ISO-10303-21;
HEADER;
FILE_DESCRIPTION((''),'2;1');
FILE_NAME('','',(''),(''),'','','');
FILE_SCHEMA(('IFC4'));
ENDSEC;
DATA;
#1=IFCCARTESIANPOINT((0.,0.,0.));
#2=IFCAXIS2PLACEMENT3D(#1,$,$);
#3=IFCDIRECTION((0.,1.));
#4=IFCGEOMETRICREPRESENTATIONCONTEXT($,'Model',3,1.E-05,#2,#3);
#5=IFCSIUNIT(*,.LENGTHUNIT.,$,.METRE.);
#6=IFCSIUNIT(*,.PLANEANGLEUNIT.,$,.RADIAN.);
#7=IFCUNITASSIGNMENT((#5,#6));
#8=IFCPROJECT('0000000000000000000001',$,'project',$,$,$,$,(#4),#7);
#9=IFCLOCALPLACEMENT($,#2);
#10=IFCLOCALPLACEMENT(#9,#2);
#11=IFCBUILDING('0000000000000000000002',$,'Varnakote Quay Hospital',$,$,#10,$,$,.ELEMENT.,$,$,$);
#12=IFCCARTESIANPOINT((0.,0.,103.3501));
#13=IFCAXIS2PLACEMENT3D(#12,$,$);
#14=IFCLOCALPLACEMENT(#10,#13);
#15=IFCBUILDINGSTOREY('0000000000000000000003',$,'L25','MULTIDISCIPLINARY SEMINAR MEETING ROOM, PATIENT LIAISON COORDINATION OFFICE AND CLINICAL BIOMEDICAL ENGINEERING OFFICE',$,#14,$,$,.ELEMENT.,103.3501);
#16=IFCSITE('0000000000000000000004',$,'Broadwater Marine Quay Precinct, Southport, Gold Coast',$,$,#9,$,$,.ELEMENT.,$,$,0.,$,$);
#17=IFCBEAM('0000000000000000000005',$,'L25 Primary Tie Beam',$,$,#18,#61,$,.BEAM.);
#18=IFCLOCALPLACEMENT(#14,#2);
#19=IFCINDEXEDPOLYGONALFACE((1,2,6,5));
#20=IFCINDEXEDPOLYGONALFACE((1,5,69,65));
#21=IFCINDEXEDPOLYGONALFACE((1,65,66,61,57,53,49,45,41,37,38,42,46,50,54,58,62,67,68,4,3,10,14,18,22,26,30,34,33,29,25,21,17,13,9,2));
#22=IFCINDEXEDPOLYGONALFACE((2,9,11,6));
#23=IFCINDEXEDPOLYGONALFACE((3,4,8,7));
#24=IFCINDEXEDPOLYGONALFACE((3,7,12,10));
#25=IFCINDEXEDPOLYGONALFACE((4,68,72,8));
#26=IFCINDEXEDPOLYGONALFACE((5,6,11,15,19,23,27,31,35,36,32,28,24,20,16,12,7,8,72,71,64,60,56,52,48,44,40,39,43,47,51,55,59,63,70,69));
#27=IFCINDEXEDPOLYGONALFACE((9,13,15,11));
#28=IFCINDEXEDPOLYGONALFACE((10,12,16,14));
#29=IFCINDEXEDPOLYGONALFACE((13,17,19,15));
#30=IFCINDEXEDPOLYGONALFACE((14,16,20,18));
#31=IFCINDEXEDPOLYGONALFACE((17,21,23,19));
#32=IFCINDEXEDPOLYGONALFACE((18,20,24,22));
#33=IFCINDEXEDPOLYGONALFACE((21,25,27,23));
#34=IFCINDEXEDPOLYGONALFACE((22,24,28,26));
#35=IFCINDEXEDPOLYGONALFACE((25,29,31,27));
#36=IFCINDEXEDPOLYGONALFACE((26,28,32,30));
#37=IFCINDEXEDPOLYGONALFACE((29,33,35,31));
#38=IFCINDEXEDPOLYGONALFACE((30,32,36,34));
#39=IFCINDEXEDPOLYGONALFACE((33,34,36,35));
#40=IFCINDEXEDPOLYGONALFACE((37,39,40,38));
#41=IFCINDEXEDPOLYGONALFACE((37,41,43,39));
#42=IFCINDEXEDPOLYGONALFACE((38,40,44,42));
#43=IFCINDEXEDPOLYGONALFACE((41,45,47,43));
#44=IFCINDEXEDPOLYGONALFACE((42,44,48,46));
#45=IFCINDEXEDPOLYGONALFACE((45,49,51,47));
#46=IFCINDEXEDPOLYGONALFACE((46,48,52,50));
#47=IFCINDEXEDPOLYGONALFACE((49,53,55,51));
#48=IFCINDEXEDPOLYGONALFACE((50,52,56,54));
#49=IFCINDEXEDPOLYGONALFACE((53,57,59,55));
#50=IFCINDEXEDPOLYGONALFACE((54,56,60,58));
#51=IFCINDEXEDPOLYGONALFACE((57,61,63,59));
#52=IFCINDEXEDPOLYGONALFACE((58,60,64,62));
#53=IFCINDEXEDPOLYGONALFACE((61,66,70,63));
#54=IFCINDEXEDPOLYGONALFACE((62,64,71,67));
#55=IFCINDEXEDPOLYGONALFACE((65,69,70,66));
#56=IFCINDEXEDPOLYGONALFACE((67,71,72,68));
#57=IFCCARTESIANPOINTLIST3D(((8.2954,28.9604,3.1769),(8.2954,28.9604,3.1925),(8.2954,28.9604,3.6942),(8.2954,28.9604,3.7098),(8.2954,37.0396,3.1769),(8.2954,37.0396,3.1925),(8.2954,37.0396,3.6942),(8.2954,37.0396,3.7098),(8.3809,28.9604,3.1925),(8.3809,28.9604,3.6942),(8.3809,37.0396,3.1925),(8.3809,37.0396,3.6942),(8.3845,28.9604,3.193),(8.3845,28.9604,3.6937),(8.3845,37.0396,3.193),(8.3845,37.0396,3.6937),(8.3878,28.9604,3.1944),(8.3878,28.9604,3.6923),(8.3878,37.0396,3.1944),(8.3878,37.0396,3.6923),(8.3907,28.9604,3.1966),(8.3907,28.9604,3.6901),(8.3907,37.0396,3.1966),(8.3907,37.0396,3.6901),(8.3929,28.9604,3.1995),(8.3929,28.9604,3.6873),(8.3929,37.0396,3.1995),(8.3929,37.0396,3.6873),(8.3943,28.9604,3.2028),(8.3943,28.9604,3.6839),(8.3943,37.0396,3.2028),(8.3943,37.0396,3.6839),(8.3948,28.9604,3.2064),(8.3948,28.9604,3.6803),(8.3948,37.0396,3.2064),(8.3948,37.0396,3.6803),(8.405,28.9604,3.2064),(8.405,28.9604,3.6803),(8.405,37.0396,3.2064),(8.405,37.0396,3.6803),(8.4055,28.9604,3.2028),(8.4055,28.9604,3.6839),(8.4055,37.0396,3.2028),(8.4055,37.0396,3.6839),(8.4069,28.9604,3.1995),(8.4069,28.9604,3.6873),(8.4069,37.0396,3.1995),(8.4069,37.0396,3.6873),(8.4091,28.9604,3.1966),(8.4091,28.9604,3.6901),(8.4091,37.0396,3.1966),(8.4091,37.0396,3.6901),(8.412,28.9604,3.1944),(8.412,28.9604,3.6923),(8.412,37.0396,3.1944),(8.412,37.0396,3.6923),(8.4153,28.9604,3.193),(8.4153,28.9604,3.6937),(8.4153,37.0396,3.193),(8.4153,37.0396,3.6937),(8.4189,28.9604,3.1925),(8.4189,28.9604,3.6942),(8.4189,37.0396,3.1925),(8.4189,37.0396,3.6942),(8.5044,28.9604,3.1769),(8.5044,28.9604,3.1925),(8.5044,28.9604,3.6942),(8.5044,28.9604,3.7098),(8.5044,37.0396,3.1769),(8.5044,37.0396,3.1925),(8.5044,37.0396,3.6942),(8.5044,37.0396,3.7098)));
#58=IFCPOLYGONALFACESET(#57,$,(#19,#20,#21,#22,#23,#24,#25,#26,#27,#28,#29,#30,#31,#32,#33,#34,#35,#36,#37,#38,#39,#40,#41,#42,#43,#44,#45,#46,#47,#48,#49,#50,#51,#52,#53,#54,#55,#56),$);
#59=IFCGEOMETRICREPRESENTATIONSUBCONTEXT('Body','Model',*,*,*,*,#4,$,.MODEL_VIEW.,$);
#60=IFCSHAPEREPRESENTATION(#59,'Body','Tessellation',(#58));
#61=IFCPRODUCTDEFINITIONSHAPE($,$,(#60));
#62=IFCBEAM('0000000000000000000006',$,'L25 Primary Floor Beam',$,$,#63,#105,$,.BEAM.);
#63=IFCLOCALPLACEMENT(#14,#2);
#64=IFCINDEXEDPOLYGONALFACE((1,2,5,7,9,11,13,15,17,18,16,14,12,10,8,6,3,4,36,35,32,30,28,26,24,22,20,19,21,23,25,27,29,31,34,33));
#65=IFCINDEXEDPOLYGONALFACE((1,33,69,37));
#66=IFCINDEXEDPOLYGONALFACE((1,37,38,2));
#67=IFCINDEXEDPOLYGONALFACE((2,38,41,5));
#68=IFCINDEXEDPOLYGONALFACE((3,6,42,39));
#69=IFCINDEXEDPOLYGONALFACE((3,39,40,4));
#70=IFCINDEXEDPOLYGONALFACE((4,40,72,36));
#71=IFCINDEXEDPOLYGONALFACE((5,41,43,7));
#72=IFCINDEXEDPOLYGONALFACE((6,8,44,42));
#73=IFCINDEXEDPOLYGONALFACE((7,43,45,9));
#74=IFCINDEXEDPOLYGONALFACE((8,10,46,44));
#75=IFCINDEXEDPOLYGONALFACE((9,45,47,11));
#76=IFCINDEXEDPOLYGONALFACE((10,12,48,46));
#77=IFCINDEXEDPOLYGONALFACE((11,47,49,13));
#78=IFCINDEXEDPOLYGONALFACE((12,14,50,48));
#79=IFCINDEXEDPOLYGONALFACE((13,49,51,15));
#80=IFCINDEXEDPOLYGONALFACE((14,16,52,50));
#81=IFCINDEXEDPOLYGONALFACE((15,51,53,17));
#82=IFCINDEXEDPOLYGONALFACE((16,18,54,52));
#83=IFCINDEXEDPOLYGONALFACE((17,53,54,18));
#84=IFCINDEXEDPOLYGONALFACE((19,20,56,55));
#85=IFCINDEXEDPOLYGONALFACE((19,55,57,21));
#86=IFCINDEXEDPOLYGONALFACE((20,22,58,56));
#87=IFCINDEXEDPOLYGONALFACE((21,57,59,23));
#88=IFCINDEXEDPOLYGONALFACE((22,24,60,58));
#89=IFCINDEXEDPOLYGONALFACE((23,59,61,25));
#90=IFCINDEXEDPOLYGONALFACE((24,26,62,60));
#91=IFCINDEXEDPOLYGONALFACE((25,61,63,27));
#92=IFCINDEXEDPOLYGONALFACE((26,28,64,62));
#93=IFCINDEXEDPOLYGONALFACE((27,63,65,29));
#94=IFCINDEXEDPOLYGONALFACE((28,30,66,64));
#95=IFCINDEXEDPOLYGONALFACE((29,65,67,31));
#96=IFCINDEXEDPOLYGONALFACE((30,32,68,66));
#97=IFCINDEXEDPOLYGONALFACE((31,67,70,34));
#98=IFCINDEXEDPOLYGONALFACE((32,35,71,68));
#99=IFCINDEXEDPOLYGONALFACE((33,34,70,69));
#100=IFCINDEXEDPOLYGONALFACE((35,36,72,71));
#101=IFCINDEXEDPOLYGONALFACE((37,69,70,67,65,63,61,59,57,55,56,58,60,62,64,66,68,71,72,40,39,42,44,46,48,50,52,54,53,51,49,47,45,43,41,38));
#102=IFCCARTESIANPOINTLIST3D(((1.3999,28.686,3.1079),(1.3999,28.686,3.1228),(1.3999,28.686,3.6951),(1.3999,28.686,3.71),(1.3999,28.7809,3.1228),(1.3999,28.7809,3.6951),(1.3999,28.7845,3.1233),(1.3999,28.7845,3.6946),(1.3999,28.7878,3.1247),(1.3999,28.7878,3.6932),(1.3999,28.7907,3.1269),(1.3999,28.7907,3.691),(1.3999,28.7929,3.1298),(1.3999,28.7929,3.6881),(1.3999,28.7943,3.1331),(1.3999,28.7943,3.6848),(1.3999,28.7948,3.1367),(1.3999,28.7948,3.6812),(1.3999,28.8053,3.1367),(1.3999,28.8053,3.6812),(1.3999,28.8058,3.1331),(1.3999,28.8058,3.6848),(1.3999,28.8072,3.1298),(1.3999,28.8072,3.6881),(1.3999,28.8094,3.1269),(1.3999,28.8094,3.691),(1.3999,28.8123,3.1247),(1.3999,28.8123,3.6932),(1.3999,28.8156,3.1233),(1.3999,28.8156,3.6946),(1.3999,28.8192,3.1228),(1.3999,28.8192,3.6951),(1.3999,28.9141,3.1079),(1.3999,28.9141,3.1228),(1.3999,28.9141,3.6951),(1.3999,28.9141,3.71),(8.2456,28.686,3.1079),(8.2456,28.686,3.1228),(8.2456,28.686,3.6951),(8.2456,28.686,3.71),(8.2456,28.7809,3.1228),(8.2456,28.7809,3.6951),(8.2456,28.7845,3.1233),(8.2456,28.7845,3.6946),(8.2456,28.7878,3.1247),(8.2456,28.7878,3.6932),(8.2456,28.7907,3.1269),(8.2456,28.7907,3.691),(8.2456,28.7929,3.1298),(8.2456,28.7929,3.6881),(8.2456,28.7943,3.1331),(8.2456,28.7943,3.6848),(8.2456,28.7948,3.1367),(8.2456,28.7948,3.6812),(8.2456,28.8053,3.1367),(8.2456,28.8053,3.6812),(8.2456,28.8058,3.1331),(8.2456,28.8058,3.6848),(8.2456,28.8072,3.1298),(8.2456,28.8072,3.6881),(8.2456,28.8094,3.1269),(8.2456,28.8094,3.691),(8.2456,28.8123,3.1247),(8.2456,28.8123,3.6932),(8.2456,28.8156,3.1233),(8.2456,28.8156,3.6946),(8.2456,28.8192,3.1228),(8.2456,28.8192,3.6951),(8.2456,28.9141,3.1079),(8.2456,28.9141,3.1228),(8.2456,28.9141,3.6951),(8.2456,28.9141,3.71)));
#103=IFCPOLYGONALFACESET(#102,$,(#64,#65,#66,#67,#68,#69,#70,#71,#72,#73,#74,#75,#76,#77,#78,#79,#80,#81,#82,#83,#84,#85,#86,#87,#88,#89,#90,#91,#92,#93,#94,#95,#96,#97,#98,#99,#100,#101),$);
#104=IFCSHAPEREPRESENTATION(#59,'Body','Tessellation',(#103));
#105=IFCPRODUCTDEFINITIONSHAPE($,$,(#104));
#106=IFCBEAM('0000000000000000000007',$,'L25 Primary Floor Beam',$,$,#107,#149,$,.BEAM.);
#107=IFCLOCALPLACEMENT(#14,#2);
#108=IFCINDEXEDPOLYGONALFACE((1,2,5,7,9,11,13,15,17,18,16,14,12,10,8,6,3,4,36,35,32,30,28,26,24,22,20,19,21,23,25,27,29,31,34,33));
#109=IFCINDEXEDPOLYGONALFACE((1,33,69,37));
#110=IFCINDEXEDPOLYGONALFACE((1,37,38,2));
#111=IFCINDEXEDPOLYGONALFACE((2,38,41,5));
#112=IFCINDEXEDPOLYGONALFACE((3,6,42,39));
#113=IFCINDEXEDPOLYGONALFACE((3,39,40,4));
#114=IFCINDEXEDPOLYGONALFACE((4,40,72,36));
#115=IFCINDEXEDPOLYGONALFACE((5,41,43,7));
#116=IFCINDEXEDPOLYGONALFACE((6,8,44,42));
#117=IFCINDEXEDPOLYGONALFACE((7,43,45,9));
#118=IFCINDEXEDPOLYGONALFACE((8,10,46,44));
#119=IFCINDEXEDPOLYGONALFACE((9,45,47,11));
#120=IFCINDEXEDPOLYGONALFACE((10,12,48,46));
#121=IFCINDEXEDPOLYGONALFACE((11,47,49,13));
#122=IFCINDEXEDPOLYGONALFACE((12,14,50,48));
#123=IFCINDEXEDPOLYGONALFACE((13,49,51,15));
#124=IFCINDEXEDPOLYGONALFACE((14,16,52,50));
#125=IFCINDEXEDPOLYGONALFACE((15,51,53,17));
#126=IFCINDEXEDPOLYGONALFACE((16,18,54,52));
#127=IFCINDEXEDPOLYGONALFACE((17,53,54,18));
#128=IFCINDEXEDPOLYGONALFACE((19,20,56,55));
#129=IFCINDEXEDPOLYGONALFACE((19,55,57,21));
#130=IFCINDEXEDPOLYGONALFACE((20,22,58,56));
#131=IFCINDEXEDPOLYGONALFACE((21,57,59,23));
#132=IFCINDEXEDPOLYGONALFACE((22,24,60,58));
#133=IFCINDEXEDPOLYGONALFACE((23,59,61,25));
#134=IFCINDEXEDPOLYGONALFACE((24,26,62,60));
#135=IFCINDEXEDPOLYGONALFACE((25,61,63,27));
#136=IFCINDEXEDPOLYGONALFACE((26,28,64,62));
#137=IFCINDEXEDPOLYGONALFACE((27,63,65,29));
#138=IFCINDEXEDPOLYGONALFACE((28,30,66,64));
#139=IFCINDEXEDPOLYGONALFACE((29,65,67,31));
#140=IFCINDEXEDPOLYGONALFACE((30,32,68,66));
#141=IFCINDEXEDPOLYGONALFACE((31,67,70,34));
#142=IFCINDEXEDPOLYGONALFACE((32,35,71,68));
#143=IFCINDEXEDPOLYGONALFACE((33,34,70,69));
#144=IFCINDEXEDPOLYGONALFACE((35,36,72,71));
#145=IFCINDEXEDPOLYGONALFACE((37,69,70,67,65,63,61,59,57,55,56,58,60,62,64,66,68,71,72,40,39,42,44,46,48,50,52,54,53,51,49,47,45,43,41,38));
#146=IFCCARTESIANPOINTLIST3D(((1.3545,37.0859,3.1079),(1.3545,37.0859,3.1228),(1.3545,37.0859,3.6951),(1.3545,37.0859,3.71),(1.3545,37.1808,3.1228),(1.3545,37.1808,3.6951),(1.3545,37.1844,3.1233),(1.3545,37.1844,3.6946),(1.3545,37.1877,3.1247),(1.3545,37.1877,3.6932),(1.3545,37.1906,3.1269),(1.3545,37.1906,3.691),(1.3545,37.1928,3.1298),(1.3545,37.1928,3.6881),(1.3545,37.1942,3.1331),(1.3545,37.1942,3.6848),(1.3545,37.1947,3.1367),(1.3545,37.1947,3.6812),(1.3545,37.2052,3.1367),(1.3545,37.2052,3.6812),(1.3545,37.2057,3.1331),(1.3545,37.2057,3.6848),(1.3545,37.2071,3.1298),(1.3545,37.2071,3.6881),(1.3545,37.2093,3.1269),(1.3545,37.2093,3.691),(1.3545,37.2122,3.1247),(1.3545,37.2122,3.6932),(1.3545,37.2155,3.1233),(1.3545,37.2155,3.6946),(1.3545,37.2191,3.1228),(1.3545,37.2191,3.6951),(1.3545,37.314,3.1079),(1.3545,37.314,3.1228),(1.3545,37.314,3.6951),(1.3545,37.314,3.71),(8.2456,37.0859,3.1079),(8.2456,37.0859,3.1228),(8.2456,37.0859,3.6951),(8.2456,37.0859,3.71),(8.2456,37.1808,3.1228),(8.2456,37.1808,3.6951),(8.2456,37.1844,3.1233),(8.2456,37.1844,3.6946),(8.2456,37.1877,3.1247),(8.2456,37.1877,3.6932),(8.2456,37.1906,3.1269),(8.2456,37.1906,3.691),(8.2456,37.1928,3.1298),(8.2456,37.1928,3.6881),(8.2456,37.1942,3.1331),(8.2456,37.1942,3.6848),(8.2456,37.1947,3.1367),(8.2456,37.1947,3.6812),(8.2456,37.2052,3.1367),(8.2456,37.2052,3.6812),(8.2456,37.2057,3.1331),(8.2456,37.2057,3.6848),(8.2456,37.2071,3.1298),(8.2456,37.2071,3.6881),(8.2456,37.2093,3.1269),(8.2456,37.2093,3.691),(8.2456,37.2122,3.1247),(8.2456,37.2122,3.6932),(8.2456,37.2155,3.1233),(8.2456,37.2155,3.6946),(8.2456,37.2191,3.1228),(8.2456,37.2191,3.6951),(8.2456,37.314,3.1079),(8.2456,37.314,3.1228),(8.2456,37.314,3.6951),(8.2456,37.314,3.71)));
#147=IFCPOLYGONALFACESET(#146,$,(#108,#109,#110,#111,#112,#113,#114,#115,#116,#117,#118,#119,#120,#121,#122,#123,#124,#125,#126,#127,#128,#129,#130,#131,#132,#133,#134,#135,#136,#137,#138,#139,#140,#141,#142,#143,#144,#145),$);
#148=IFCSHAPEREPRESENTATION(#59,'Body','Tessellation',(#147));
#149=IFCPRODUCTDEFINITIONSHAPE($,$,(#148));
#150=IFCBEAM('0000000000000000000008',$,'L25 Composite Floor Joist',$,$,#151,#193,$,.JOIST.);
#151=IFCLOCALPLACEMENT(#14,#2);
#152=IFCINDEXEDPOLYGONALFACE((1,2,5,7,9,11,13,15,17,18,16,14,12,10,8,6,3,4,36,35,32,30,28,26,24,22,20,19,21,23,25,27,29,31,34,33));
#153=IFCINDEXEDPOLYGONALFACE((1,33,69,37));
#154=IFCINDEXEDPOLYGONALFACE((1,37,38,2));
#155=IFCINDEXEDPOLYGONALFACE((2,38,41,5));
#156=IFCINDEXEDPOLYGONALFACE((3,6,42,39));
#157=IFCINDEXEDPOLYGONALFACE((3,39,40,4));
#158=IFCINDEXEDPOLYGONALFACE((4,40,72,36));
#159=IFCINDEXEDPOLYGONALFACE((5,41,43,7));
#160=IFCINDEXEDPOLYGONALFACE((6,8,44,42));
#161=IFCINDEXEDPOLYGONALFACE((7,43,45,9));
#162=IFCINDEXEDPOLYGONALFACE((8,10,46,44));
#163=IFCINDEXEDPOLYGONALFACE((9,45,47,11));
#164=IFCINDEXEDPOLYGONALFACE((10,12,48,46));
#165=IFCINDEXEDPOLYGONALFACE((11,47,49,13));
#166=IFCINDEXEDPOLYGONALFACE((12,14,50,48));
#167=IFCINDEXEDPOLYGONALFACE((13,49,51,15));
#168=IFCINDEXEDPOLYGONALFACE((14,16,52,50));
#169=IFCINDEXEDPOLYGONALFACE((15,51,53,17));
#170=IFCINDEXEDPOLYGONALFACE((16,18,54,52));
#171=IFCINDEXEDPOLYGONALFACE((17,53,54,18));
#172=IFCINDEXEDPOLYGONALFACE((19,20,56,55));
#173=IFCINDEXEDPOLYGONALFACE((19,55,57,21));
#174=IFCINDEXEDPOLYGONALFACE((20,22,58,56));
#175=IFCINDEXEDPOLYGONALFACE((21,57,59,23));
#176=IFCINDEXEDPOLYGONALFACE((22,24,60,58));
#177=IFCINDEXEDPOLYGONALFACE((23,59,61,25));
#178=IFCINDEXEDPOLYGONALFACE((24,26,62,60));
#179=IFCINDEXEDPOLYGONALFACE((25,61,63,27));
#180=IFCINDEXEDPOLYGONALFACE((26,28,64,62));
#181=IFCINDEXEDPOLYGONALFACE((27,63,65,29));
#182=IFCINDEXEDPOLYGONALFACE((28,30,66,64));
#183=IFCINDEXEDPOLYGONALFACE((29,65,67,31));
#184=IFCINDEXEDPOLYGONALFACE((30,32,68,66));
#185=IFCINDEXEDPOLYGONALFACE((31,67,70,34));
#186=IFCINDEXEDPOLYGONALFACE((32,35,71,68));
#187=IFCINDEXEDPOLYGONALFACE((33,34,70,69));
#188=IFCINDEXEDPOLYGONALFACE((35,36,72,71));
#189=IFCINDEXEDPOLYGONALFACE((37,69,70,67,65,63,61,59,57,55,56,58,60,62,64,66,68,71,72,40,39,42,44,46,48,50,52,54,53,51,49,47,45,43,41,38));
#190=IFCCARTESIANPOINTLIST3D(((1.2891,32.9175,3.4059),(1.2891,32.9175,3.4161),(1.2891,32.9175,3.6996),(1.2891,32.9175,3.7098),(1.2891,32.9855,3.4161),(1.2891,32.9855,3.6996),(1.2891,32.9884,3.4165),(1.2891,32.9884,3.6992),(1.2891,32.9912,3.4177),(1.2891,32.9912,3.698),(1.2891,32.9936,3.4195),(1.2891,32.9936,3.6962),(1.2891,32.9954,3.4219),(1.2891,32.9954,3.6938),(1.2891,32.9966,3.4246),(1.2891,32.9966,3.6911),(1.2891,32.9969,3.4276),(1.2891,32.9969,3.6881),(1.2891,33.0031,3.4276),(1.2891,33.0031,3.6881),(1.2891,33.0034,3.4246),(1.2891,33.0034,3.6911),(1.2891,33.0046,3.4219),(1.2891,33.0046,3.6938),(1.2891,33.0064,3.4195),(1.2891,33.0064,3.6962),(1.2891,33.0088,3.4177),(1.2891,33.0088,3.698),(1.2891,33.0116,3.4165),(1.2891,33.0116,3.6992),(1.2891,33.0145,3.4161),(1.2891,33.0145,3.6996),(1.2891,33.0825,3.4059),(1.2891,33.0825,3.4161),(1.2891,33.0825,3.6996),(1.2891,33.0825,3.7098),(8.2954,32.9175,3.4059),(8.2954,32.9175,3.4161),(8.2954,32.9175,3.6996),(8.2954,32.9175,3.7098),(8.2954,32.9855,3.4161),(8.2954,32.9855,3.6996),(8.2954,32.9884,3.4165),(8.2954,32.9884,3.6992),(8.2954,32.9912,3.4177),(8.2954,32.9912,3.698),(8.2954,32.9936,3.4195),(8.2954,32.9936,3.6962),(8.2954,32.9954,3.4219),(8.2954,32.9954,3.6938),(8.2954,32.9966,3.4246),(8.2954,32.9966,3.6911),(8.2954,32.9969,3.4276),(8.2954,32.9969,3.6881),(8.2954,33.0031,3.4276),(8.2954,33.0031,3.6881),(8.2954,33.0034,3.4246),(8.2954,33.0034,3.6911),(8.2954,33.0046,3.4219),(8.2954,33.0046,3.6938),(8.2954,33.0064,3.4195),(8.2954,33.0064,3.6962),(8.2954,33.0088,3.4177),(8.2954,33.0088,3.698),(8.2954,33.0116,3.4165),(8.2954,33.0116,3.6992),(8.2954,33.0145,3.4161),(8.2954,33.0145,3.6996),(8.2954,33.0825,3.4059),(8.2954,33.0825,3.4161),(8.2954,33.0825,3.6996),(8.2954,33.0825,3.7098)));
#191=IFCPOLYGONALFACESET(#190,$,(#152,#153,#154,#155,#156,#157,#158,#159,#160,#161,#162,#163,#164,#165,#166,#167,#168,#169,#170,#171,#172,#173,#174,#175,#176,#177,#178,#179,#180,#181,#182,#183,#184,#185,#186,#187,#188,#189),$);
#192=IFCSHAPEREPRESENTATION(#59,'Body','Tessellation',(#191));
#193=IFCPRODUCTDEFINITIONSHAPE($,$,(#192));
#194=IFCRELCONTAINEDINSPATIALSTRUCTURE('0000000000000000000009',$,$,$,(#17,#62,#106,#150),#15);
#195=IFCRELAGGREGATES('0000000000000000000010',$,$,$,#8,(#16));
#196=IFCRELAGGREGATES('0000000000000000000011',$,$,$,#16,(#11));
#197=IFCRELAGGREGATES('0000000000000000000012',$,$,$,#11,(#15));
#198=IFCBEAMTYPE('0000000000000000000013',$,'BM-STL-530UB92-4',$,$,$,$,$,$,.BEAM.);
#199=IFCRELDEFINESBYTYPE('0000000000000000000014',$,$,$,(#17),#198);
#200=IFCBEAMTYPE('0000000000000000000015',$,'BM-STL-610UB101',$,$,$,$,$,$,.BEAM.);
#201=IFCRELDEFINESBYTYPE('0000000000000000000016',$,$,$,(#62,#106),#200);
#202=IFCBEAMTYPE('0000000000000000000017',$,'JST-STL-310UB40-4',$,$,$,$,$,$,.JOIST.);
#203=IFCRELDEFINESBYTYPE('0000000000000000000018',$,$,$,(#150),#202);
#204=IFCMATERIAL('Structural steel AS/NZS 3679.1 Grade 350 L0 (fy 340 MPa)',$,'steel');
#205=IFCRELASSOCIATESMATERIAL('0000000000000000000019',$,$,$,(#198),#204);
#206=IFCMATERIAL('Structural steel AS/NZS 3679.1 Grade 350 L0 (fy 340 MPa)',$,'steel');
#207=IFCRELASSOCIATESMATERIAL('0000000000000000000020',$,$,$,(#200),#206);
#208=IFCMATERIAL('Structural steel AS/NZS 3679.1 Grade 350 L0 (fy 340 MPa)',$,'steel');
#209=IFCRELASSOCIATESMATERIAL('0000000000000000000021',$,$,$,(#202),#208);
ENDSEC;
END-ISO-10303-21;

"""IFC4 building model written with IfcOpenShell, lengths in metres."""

from ifc_helpers import new_model, si_unit, direction, frame, origin, origin_2d, place, context, subcontext, project, spatial, i_section, extrude, material, material_profile, profile_set, type_object, element, save


model = new_model("IFC4")

# Units and contexts
model_context = context("Model", 3, precision=1e-05, world=origin(), true_north=direction((0.0, 1.0)))
body_context = subcontext(model_context, "Body", "Model", "MODEL_VIEW")
ifc_project = project(units=[si_unit("LENGTHUNIT", "METRE"), si_unit("PLANEANGLEUNIT", "RADIAN")], contexts=[model_context])

# Site, building, storey
site_placement = place(None, origin())
site = spatial("IfcSite", under=ifc_project, at=site_placement, Name="Broadwater Marine Quay Precinct, Southport, Gold Coast", CompositionType="ELEMENT", RefElevation=0.0)
building_placement = place(site_placement, origin())
building = spatial("IfcBuilding", under=site, at=building_placement, Name="Varnakote Quay Hospital", CompositionType="ELEMENT")
storey_placement = place(building_placement, frame((0.0, 0.0, 103.3501)))
storey = spatial("IfcBuildingStorey", under=building, at=storey_placement, Name="L25", Description="MULTIDISCIPLINARY SEMINAR MEETING ROOM, PATIENT LIAISON COORDINATION OFFICE AND CLINICAL BIOMEDICAL ENGINEERING OFFICE", CompositionType="ELEMENT", Elevation=103.3501)

# Beams
ifc_material_1 = material(Name="Structural steel AS/NZS 3679.1 Grade 350 L0 (fy 340 MPa)", Category="steel")
ifc_material_profile_1 = material_profile(ifc_material_1, i_section(OverallWidth=0.209, OverallDepth=0.533, WebThickness=0.0103, FlangeThickness=0.0156, FilletRadius=0.0139, at=origin_2d()), Name="530UB92.4")
ifc_profile_set_1 = profile_set([ifc_material_profile_1], Name="Structural steel AS/NZS 3679.1 Grade 350 L0 (fy 340 MPa)")
beam_type_1 = type_object("IfcBeamType", Name="BM-STL-530UB92-4", PredefinedType="BEAM", material=ifc_profile_set_1)
beam_1_placement = place(storey_placement, frame((8.3999, 28.9604, 3.4434), z_axis=(0.0, 1.0, 0.0), x_axis=(-1.0, 0.0, 0.0)))
element("IfcBeam", 1, at=beam_1_placement, inside=storey, type_object=beam_type_1, Name="L25 Primary Tie Beam", PredefinedType="BEAM", context=body_context, shape_type="SweptSolid", body=[
    extrude(i_section(OverallWidth=0.209, OverallDepth=0.533, WebThickness=0.0103, FlangeThickness=0.0156, FilletRadius=0.0139, at=origin_2d()), origin(), (0.0, 0.0, 1.0), 8.0791),
])
ifc_material_2 = material(Name="Structural steel AS/NZS 3679.1 Grade 350 L0 (fy 340 MPa)", Category="steel")
ifc_material_profile_2 = material_profile(ifc_material_2, i_section(OverallWidth=0.228, OverallDepth=0.6021, WebThickness=0.0105, FlangeThickness=0.0149, FilletRadius=0.0139, at=origin_2d()), Name="610UB101")
ifc_profile_set_2 = profile_set([ifc_material_profile_2], Name="Structural steel AS/NZS 3679.1 Grade 350 L0 (fy 340 MPa)")
beam_type_2 = type_object("IfcBeamType", Name="BM-STL-610UB101", PredefinedType="BEAM", material=ifc_profile_set_2)
beam_2_placement = place(storey_placement, frame((1.3999, 28.8, 3.4089), z_axis=(1.0, 0.0, 0.0), x_axis=(0.0, 1.0, 0.0)))
element("IfcBeam", 2, at=beam_2_placement, inside=storey, type_object=beam_type_2, Name="L25 Primary Floor Beam", PredefinedType="BEAM", context=body_context, shape_type="SweptSolid", body=[
    extrude(i_section(OverallWidth=0.228, OverallDepth=0.6021, WebThickness=0.0105, FlangeThickness=0.0149, FilletRadius=0.0139, at=origin_2d()), origin(), (0.0, 0.0, 1.0), 6.8457),
])
beam_3_placement = place(storey_placement, frame((1.3545, 37.2, 3.4089), z_axis=(1.0, 0.0, 0.0), x_axis=(0.0, 1.0, 0.0)))
element("IfcBeam", 3, at=beam_3_placement, inside=storey, type_object=beam_type_2, Name="L25 Primary Floor Beam", PredefinedType="BEAM", context=body_context, shape_type="SweptSolid", body=[
    extrude(i_section(OverallWidth=0.228, OverallDepth=0.6021, WebThickness=0.0105, FlangeThickness=0.0149, FilletRadius=0.0139, at=origin_2d()), origin(), (0.0, 0.0, 1.0), 6.8911),
])
ifc_material_3 = material(Name="Structural steel AS/NZS 3679.1 Grade 350 L0 (fy 340 MPa)", Category="steel")
ifc_material_profile_3 = material_profile(ifc_material_3, i_section(OverallWidth=0.165, OverallDepth=0.304, WebThickness=0.0061, FlangeThickness=0.0103, FilletRadius=0.0115, at=origin_2d()), Name="310UB40.4")
ifc_profile_set_3 = profile_set([ifc_material_profile_3], Name="Structural steel AS/NZS 3679.1 Grade 350 L0 (fy 340 MPa)")
beam_type_3 = type_object("IfcBeamType", Name="JST-STL-310UB40-4", PredefinedType="JOIST", material=ifc_profile_set_3)
beam_4_placement = place(storey_placement, frame((1.2891, 33.0, 3.5579), z_axis=(1.0, 0.0, 0.0), x_axis=(0.0, 1.0, 0.0)))
element("IfcBeam", 4, at=beam_4_placement, inside=storey, type_object=beam_type_3, Name="L25 Composite Floor Joist", PredefinedType="JOIST", context=body_context, shape_type="SweptSolid", body=[
    extrude(i_section(OverallWidth=0.165, OverallDepth=0.304, WebThickness=0.0061, FlangeThickness=0.0103, FilletRadius=0.0115, at=origin_2d()), origin(), (0.0, 0.0, 1.0), 7.0063),
])

save(model, "model.ifc")
